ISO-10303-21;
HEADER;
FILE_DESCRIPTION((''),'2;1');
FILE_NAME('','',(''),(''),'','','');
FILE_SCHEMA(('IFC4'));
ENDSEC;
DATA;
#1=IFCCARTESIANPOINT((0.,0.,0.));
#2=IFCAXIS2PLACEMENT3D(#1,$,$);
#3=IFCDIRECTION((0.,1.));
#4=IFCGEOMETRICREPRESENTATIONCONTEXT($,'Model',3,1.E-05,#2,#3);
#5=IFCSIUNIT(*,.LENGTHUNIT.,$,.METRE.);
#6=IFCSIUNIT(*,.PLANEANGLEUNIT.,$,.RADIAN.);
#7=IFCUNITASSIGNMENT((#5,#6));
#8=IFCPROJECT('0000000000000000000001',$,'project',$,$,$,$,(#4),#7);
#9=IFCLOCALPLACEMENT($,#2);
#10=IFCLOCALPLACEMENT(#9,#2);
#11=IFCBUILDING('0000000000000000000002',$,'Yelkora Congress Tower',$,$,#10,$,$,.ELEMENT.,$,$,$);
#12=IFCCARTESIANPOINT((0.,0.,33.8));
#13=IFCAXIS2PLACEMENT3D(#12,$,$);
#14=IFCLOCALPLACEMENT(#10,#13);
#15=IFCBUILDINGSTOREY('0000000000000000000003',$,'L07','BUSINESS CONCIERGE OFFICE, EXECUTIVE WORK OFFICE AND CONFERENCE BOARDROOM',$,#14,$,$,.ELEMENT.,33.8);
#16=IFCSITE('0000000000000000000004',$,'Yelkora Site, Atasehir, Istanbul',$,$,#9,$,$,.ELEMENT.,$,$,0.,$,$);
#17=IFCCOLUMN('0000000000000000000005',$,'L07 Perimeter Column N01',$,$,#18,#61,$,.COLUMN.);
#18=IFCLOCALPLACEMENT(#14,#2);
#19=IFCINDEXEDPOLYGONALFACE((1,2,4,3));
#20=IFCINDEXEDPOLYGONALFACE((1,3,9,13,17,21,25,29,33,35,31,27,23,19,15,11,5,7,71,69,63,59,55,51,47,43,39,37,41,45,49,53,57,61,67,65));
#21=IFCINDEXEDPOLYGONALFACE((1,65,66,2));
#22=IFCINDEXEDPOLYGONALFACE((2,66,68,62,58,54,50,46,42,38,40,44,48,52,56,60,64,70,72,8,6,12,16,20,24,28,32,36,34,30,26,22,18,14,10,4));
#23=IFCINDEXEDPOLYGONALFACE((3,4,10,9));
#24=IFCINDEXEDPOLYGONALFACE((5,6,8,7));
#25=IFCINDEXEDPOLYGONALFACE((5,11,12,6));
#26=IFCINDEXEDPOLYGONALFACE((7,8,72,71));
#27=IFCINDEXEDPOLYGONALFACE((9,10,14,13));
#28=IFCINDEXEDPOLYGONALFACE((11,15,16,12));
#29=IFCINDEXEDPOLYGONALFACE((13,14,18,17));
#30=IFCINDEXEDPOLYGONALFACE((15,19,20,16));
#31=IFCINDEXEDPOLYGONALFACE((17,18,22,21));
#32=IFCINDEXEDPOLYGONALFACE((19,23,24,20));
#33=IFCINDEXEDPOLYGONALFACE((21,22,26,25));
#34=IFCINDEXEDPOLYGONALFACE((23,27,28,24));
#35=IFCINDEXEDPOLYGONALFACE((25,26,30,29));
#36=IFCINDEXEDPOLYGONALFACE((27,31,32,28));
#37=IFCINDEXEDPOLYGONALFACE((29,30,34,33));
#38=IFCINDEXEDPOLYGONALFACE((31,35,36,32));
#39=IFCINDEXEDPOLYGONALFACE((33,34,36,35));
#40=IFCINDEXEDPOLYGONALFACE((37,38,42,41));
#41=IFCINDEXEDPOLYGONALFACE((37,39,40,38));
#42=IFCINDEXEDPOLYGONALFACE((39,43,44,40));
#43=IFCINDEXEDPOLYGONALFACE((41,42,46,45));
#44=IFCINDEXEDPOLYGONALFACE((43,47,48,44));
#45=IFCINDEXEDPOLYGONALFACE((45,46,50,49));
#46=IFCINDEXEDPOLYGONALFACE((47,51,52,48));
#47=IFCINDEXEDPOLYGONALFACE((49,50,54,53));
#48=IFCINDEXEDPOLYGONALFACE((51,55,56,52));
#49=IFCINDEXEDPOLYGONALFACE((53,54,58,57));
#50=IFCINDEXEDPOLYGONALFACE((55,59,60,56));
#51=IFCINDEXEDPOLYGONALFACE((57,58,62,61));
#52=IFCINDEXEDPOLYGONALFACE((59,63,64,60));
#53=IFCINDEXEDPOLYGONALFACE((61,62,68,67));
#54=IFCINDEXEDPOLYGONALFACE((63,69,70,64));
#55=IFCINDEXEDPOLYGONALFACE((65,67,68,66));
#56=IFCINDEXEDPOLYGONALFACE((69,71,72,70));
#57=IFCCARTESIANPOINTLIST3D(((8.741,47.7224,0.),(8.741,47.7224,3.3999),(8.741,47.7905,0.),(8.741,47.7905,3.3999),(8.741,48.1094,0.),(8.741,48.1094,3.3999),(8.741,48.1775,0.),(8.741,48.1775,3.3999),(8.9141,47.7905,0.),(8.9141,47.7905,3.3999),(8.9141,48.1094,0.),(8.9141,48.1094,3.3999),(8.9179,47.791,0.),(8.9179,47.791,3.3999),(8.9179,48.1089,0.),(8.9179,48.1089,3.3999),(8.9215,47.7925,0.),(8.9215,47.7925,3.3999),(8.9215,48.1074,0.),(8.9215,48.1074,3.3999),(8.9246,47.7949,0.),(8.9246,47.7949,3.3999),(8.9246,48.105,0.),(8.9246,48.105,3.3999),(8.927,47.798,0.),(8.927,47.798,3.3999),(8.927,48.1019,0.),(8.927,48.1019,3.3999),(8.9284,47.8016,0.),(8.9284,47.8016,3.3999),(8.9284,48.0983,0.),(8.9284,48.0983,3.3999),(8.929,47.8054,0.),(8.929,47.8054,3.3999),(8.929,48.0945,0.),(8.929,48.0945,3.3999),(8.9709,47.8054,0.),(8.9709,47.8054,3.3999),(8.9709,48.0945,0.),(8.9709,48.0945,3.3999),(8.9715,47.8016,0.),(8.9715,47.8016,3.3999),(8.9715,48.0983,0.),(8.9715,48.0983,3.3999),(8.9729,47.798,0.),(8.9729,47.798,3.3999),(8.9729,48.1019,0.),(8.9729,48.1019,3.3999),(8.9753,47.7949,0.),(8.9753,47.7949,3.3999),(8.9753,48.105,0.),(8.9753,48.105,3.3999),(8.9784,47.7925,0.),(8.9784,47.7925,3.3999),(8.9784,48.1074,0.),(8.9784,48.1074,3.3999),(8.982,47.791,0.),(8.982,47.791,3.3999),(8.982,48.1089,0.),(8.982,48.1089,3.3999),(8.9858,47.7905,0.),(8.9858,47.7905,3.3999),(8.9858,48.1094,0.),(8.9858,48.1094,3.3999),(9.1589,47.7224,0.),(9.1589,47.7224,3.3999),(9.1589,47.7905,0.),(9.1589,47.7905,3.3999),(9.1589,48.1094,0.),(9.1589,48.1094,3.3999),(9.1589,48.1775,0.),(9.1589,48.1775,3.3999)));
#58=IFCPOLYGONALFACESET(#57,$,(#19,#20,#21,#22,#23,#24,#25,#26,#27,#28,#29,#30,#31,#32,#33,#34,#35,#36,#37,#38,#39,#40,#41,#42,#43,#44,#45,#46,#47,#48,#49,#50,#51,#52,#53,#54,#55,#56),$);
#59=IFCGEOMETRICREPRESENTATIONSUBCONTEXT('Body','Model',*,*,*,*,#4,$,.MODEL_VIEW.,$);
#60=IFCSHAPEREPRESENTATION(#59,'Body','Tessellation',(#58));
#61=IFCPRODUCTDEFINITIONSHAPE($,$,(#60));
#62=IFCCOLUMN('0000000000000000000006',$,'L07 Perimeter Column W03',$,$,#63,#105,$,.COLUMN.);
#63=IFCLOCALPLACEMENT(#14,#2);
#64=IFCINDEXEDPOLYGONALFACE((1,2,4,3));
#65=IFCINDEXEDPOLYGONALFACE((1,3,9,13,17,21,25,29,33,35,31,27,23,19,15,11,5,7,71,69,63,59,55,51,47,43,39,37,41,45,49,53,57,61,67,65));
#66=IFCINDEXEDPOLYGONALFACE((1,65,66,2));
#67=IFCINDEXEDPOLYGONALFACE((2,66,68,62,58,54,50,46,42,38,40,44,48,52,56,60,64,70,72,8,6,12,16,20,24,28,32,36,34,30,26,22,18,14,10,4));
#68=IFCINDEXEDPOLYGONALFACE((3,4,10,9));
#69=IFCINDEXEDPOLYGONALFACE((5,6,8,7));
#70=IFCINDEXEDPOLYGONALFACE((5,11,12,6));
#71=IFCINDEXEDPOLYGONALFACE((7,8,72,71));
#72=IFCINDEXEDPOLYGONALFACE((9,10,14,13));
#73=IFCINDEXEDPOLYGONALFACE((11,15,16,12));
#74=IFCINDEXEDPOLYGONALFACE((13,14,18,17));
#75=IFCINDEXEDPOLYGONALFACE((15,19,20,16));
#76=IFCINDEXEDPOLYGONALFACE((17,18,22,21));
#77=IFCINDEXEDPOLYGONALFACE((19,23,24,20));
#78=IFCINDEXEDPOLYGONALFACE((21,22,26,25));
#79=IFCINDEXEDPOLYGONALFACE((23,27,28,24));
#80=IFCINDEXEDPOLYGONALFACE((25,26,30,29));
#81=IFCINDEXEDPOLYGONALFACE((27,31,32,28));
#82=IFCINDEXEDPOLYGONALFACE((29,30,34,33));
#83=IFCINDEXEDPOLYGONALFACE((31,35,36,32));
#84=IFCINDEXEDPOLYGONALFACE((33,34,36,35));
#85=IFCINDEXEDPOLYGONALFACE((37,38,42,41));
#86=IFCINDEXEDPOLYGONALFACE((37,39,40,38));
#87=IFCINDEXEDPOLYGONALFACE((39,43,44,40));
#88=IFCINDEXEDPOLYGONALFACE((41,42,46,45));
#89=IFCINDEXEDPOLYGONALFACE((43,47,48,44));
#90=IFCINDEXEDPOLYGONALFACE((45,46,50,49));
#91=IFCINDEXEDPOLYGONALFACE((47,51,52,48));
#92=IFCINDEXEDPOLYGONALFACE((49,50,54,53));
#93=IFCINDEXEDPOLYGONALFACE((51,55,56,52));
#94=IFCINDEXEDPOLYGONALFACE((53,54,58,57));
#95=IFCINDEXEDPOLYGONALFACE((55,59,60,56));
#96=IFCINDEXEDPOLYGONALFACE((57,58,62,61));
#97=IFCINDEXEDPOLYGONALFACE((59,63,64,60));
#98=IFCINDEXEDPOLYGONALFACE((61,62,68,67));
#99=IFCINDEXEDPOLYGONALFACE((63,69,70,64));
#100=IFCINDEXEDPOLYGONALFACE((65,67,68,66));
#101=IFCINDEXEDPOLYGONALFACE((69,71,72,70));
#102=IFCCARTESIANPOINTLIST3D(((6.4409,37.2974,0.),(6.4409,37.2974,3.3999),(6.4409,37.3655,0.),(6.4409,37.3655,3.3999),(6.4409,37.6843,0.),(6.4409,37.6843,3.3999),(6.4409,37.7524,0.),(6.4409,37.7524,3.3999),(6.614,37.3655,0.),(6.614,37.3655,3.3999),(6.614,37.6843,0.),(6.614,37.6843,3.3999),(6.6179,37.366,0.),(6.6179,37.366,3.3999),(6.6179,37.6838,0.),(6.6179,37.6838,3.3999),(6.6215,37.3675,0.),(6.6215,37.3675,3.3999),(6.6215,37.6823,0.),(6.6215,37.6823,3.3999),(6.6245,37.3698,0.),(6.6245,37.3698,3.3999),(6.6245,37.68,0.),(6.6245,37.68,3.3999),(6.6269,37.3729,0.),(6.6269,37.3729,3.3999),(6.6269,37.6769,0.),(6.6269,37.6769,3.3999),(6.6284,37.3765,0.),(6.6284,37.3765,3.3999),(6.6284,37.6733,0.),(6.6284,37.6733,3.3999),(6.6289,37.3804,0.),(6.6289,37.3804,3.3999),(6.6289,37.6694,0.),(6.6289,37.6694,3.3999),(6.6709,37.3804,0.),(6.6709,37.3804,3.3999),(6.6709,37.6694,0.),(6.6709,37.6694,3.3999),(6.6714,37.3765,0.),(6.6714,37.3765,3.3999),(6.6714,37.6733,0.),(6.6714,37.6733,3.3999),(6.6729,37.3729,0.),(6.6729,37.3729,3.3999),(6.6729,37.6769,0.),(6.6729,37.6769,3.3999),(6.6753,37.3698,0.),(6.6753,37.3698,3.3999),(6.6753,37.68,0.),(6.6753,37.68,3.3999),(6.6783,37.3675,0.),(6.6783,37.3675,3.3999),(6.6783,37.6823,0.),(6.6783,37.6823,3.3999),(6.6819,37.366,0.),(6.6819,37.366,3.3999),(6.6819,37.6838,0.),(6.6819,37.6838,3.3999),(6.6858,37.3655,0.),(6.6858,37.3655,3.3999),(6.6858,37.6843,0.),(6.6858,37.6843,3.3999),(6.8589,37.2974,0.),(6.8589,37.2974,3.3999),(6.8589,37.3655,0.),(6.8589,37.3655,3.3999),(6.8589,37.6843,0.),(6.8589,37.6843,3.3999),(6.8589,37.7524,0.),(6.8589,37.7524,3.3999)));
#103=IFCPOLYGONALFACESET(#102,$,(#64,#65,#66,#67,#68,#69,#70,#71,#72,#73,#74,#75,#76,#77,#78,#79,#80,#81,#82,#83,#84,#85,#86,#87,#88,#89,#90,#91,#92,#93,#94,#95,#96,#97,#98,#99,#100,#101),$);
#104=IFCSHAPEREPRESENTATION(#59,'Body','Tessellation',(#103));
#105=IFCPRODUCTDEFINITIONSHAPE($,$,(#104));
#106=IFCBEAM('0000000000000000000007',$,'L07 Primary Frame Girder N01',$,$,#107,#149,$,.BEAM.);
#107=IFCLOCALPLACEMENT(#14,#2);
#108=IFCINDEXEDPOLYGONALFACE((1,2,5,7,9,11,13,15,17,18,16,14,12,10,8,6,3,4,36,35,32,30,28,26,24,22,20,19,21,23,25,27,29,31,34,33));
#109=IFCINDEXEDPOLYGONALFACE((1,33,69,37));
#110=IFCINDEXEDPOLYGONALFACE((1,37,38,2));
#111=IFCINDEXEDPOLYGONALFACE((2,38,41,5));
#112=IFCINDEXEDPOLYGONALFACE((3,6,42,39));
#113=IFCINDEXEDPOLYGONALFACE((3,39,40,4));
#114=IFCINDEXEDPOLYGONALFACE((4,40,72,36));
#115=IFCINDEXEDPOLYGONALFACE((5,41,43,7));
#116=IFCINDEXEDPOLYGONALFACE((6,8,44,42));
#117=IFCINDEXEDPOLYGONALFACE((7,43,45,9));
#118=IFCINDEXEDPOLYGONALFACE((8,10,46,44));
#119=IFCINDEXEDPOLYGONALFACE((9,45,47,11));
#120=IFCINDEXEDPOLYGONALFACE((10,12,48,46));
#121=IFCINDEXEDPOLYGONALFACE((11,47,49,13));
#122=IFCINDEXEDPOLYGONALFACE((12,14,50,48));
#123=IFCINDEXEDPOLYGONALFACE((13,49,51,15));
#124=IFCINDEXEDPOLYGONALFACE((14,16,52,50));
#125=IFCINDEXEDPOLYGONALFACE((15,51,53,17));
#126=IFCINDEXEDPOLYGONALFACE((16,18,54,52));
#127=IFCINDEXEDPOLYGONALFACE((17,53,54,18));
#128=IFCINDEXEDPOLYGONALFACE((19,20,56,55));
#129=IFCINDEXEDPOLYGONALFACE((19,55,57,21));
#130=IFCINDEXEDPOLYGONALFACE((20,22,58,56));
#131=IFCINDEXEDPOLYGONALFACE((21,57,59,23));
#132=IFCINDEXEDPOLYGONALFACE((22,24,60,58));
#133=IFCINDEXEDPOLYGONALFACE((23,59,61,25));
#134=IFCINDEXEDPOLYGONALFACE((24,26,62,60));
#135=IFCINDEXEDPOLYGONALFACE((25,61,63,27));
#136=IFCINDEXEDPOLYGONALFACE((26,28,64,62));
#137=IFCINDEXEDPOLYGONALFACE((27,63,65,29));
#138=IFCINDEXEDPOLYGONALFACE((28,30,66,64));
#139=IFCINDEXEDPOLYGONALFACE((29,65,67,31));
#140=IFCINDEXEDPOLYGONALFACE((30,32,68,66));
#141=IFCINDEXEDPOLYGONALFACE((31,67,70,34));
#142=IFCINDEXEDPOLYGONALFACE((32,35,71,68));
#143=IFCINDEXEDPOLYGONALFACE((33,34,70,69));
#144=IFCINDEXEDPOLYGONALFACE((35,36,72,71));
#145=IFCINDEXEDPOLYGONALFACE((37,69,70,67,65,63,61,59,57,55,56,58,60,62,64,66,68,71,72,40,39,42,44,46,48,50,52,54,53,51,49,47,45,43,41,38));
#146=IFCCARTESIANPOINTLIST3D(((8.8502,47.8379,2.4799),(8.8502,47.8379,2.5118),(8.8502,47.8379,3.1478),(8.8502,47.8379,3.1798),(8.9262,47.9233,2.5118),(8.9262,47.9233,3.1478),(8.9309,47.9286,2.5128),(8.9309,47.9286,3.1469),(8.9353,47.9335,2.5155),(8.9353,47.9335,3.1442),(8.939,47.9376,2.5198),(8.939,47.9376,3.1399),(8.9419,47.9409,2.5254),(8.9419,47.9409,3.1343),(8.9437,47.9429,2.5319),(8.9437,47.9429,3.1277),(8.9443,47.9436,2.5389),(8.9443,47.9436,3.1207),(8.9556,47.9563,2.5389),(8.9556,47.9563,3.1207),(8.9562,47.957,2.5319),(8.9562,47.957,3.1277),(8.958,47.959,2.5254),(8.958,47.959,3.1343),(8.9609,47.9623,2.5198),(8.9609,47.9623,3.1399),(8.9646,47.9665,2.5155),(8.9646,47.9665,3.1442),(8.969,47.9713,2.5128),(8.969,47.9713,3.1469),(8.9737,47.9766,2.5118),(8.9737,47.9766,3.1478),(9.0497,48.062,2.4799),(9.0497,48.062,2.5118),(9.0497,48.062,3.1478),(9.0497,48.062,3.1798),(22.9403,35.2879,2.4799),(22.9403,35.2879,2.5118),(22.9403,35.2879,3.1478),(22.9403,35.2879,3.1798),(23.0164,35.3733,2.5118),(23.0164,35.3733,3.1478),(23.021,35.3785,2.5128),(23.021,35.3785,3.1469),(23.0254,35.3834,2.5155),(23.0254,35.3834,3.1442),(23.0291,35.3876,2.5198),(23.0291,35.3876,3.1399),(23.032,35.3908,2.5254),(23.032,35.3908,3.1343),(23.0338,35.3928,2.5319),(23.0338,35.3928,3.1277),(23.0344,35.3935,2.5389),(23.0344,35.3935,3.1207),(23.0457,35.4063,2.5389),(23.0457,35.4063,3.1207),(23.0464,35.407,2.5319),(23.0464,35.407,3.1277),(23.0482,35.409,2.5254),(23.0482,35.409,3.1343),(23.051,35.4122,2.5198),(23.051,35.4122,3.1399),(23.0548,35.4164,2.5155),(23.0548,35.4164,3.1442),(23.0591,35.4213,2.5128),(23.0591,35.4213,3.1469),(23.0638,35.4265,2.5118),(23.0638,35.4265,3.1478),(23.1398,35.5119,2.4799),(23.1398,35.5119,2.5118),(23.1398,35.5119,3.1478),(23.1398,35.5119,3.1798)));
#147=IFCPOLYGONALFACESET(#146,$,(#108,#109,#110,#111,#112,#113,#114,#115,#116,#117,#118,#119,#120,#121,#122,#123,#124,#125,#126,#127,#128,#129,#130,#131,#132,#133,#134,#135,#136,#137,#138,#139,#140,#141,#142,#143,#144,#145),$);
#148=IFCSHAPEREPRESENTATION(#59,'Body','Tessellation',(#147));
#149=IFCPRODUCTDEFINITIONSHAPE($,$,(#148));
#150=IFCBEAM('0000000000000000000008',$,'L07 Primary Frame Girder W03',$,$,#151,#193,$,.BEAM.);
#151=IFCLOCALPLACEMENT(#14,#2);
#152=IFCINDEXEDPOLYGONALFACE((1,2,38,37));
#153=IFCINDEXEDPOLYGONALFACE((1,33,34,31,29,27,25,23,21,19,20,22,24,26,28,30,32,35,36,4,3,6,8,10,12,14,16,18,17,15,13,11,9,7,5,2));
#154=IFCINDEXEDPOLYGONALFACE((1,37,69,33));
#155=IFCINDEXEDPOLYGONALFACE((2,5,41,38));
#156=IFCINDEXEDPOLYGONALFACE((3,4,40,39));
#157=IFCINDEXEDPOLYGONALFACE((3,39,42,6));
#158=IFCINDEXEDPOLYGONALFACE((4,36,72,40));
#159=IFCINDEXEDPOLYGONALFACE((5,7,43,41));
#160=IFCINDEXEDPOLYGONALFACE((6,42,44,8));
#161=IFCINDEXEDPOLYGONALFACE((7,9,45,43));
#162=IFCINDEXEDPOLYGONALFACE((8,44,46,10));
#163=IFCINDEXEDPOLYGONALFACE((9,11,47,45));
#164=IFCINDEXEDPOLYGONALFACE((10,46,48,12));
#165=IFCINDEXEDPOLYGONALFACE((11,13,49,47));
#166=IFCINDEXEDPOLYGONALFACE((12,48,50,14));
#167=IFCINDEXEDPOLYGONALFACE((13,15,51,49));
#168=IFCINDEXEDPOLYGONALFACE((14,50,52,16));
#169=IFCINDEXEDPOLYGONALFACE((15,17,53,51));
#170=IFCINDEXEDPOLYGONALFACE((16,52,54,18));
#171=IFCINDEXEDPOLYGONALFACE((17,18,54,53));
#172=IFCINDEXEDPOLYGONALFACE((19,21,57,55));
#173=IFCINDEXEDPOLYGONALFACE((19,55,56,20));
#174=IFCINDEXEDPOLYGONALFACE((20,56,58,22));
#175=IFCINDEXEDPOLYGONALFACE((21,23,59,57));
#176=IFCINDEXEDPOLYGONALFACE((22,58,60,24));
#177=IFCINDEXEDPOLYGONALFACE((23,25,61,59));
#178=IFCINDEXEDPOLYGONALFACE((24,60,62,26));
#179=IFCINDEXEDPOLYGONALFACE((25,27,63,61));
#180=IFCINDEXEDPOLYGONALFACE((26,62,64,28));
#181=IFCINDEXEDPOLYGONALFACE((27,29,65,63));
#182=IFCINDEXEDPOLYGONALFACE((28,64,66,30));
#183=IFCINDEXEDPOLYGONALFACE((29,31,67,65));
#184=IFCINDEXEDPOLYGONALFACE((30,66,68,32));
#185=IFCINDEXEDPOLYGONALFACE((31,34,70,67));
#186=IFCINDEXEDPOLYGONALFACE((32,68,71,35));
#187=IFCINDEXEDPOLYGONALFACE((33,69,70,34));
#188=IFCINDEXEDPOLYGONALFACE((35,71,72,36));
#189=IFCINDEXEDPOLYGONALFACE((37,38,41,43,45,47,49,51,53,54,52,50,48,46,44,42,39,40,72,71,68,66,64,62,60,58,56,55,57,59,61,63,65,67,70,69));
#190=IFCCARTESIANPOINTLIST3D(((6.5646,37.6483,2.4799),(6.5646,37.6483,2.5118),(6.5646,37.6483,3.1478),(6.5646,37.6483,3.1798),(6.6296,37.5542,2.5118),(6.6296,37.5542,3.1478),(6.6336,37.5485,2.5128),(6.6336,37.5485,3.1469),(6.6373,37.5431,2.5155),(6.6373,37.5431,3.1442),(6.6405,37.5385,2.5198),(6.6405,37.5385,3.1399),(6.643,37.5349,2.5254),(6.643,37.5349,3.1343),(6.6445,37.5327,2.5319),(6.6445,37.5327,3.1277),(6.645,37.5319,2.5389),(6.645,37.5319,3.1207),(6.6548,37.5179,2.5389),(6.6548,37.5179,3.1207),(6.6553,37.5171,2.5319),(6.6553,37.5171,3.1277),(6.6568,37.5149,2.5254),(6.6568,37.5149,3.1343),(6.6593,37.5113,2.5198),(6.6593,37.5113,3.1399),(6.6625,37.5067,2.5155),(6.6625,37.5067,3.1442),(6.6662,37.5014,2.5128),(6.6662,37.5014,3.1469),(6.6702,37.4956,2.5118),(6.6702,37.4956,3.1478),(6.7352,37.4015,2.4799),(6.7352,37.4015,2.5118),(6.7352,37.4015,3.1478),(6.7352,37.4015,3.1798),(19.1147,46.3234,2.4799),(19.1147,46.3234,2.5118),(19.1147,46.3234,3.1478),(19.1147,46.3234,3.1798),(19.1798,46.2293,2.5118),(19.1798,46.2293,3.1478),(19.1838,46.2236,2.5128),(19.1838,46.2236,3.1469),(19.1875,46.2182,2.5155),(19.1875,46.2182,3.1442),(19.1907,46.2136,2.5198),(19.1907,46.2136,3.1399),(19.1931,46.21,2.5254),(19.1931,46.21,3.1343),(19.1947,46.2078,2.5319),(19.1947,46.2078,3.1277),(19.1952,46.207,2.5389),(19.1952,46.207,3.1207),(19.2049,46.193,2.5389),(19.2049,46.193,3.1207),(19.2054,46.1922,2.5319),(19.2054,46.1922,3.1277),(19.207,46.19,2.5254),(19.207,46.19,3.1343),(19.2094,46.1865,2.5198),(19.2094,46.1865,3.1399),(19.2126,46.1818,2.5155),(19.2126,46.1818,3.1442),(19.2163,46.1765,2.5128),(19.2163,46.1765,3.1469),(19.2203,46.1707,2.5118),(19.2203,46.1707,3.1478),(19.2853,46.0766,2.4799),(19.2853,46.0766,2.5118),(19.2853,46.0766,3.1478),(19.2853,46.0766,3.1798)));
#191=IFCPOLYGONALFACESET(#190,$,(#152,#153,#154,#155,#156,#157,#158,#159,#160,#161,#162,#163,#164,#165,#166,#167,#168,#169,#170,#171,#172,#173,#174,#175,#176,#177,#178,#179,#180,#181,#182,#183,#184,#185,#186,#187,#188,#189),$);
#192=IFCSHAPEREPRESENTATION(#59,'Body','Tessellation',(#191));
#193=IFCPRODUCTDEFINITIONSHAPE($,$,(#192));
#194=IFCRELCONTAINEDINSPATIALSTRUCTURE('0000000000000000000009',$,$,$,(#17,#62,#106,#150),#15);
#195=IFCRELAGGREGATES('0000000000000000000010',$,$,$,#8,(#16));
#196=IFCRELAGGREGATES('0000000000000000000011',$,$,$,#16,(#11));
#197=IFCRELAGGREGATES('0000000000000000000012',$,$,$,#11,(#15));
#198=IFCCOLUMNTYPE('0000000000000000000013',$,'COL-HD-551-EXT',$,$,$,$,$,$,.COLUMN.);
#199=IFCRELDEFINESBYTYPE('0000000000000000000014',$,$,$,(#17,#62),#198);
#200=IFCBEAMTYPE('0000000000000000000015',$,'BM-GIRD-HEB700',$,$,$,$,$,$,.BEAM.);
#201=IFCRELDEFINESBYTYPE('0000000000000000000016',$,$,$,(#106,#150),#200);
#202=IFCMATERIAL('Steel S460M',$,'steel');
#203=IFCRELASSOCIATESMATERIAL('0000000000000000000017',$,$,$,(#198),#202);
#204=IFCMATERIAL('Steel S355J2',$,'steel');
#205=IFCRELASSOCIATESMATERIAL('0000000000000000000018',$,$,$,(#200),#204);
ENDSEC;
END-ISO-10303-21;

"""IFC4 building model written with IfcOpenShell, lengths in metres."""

from ifc_helpers import new_model, si_unit, direction, frame, origin, origin_2d, place, context, subcontext, project, spatial, i_section, extrude, material, material_profile, profile_set, type_object, element, save


model = new_model("IFC4")

# Units and contexts
model_context = context("Model", 3, precision=1e-05, world=origin(), true_north=direction((0.0, 1.0)))
body_context = subcontext(model_context, "Body", "Model", "MODEL_VIEW")
ifc_project = project(units=[si_unit("LENGTHUNIT", "METRE"), si_unit("PLANEANGLEUNIT", "RADIAN")], contexts=[model_context])

# Site, building, storey
site_placement = place(None, origin())
site = spatial("IfcSite", under=ifc_project, at=site_placement, Name="Yelkora Site, Atasehir, Istanbul", CompositionType="ELEMENT", RefElevation=0.0)
building_placement = place(site_placement, origin())
building = spatial("IfcBuilding", under=site, at=building_placement, Name="Yelkora Congress Tower", CompositionType="ELEMENT")
storey_placement = place(building_placement, frame((0.0, 0.0, 33.8)))
storey = spatial("IfcBuildingStorey", under=building, at=storey_placement, Name="L07", Description="BUSINESS CONCIERGE OFFICE, EXECUTIVE WORK OFFICE AND CONFERENCE BOARDROOM", CompositionType="ELEMENT", Elevation=33.8)

# Columns
ifc_material_1 = material(Name="Steel S460M", Category="steel")
ifc_material_profile_1 = material_profile(ifc_material_1, i_section(OverallWidth=0.418, OverallDepth=0.4551, WebThickness=0.042, FlangeThickness=0.0681, FilletRadius=0.0149, at=origin_2d()), Name="HD 400x551")
ifc_profile_set_1 = profile_set([ifc_material_profile_1], Name="Steel S460M")
column_type = type_object("IfcColumnType", Name="COL-HD-551-EXT", PredefinedType="COLUMN", material=ifc_profile_set_1)
for number, where, z_axis, x_axis, name in (
    (1, (8.95, 47.95, 0.0), (0.0, 0.0, 1.0), (1.0, 0.0, 0.0), "L07 Perimeter Column N01"),
    (2, (6.6499, 37.5249, 0.0), (0.0, 0.0, 1.0), (1.0, 0.0, 0.0), "L07 Perimeter Column W03"),
):
    element("IfcColumn", number, at=place(storey_placement, frame(where, z_axis=z_axis, x_axis=x_axis)), inside=storey, type_object=column_type, Name=name, PredefinedType="COLUMN", context=body_context, shape_type="SweptSolid", body=[
        extrude(i_section(OverallWidth=0.418, OverallDepth=0.4551, WebThickness=0.042, FlangeThickness=0.0681, FilletRadius=0.0149, at=origin_2d()), origin(), (0.0, 0.0, 1.0), 3.3999),
    ])

# Beams
ifc_material_2 = material(Name="Steel S355J2", Category="steel")
ifc_material_profile_2 = material_profile(ifc_material_2, i_section(OverallWidth=0.3, OverallDepth=0.7, WebThickness=0.0171, FlangeThickness=0.032, FilletRadius=0.0271, at=origin_2d()), Name="HEB 700")
ifc_profile_set_2 = profile_set([ifc_material_profile_2], Name="Steel S355J2")
beam_type_1 = type_object("IfcBeamType", Name="BM-GIRD-HEB700", PredefinedType="BEAM", material=ifc_profile_set_2)
beam_1_placement = place(storey_placement, frame((8.95, 47.95, 2.8298), z_axis=(0.746737, -0.665119, 0.0), x_axis=(0.665119, 0.746737, 0.0)))
element("IfcBeam", 3, at=beam_1_placement, inside=storey, type_object=beam_type_1, Name="L07 Primary Frame Girder N01", PredefinedType="BEAM", context=body_context, shape_type="SweptSolid", body=[
    extrude(i_section(OverallWidth=0.3, OverallDepth=0.7, WebThickness=0.0171, FlangeThickness=0.032, FilletRadius=0.0271, at=origin_2d()), origin(), (0.0, 0.0, 1.0), 18.8689),
])
beam_2_placement = place(storey_placement, frame((6.6499, 37.5249, 2.8298), z_axis=(0.822604, 0.568614, 0.0), x_axis=(-0.568614, 0.822604, 0.0)))
element("IfcBeam", 4, at=beam_2_placement, inside=storey, type_object=beam_type_1, Name="L07 Primary Frame Girder W03", PredefinedType="BEAM", context=body_context, shape_type="SweptSolid", body=[
    extrude(i_section(OverallWidth=0.3, OverallDepth=0.7, WebThickness=0.0171, FlangeThickness=0.032, FilletRadius=0.0271, at=origin_2d()), origin(), (0.0, 0.0, 1.0), 15.2566),
])

save(model, "model.ifc")
